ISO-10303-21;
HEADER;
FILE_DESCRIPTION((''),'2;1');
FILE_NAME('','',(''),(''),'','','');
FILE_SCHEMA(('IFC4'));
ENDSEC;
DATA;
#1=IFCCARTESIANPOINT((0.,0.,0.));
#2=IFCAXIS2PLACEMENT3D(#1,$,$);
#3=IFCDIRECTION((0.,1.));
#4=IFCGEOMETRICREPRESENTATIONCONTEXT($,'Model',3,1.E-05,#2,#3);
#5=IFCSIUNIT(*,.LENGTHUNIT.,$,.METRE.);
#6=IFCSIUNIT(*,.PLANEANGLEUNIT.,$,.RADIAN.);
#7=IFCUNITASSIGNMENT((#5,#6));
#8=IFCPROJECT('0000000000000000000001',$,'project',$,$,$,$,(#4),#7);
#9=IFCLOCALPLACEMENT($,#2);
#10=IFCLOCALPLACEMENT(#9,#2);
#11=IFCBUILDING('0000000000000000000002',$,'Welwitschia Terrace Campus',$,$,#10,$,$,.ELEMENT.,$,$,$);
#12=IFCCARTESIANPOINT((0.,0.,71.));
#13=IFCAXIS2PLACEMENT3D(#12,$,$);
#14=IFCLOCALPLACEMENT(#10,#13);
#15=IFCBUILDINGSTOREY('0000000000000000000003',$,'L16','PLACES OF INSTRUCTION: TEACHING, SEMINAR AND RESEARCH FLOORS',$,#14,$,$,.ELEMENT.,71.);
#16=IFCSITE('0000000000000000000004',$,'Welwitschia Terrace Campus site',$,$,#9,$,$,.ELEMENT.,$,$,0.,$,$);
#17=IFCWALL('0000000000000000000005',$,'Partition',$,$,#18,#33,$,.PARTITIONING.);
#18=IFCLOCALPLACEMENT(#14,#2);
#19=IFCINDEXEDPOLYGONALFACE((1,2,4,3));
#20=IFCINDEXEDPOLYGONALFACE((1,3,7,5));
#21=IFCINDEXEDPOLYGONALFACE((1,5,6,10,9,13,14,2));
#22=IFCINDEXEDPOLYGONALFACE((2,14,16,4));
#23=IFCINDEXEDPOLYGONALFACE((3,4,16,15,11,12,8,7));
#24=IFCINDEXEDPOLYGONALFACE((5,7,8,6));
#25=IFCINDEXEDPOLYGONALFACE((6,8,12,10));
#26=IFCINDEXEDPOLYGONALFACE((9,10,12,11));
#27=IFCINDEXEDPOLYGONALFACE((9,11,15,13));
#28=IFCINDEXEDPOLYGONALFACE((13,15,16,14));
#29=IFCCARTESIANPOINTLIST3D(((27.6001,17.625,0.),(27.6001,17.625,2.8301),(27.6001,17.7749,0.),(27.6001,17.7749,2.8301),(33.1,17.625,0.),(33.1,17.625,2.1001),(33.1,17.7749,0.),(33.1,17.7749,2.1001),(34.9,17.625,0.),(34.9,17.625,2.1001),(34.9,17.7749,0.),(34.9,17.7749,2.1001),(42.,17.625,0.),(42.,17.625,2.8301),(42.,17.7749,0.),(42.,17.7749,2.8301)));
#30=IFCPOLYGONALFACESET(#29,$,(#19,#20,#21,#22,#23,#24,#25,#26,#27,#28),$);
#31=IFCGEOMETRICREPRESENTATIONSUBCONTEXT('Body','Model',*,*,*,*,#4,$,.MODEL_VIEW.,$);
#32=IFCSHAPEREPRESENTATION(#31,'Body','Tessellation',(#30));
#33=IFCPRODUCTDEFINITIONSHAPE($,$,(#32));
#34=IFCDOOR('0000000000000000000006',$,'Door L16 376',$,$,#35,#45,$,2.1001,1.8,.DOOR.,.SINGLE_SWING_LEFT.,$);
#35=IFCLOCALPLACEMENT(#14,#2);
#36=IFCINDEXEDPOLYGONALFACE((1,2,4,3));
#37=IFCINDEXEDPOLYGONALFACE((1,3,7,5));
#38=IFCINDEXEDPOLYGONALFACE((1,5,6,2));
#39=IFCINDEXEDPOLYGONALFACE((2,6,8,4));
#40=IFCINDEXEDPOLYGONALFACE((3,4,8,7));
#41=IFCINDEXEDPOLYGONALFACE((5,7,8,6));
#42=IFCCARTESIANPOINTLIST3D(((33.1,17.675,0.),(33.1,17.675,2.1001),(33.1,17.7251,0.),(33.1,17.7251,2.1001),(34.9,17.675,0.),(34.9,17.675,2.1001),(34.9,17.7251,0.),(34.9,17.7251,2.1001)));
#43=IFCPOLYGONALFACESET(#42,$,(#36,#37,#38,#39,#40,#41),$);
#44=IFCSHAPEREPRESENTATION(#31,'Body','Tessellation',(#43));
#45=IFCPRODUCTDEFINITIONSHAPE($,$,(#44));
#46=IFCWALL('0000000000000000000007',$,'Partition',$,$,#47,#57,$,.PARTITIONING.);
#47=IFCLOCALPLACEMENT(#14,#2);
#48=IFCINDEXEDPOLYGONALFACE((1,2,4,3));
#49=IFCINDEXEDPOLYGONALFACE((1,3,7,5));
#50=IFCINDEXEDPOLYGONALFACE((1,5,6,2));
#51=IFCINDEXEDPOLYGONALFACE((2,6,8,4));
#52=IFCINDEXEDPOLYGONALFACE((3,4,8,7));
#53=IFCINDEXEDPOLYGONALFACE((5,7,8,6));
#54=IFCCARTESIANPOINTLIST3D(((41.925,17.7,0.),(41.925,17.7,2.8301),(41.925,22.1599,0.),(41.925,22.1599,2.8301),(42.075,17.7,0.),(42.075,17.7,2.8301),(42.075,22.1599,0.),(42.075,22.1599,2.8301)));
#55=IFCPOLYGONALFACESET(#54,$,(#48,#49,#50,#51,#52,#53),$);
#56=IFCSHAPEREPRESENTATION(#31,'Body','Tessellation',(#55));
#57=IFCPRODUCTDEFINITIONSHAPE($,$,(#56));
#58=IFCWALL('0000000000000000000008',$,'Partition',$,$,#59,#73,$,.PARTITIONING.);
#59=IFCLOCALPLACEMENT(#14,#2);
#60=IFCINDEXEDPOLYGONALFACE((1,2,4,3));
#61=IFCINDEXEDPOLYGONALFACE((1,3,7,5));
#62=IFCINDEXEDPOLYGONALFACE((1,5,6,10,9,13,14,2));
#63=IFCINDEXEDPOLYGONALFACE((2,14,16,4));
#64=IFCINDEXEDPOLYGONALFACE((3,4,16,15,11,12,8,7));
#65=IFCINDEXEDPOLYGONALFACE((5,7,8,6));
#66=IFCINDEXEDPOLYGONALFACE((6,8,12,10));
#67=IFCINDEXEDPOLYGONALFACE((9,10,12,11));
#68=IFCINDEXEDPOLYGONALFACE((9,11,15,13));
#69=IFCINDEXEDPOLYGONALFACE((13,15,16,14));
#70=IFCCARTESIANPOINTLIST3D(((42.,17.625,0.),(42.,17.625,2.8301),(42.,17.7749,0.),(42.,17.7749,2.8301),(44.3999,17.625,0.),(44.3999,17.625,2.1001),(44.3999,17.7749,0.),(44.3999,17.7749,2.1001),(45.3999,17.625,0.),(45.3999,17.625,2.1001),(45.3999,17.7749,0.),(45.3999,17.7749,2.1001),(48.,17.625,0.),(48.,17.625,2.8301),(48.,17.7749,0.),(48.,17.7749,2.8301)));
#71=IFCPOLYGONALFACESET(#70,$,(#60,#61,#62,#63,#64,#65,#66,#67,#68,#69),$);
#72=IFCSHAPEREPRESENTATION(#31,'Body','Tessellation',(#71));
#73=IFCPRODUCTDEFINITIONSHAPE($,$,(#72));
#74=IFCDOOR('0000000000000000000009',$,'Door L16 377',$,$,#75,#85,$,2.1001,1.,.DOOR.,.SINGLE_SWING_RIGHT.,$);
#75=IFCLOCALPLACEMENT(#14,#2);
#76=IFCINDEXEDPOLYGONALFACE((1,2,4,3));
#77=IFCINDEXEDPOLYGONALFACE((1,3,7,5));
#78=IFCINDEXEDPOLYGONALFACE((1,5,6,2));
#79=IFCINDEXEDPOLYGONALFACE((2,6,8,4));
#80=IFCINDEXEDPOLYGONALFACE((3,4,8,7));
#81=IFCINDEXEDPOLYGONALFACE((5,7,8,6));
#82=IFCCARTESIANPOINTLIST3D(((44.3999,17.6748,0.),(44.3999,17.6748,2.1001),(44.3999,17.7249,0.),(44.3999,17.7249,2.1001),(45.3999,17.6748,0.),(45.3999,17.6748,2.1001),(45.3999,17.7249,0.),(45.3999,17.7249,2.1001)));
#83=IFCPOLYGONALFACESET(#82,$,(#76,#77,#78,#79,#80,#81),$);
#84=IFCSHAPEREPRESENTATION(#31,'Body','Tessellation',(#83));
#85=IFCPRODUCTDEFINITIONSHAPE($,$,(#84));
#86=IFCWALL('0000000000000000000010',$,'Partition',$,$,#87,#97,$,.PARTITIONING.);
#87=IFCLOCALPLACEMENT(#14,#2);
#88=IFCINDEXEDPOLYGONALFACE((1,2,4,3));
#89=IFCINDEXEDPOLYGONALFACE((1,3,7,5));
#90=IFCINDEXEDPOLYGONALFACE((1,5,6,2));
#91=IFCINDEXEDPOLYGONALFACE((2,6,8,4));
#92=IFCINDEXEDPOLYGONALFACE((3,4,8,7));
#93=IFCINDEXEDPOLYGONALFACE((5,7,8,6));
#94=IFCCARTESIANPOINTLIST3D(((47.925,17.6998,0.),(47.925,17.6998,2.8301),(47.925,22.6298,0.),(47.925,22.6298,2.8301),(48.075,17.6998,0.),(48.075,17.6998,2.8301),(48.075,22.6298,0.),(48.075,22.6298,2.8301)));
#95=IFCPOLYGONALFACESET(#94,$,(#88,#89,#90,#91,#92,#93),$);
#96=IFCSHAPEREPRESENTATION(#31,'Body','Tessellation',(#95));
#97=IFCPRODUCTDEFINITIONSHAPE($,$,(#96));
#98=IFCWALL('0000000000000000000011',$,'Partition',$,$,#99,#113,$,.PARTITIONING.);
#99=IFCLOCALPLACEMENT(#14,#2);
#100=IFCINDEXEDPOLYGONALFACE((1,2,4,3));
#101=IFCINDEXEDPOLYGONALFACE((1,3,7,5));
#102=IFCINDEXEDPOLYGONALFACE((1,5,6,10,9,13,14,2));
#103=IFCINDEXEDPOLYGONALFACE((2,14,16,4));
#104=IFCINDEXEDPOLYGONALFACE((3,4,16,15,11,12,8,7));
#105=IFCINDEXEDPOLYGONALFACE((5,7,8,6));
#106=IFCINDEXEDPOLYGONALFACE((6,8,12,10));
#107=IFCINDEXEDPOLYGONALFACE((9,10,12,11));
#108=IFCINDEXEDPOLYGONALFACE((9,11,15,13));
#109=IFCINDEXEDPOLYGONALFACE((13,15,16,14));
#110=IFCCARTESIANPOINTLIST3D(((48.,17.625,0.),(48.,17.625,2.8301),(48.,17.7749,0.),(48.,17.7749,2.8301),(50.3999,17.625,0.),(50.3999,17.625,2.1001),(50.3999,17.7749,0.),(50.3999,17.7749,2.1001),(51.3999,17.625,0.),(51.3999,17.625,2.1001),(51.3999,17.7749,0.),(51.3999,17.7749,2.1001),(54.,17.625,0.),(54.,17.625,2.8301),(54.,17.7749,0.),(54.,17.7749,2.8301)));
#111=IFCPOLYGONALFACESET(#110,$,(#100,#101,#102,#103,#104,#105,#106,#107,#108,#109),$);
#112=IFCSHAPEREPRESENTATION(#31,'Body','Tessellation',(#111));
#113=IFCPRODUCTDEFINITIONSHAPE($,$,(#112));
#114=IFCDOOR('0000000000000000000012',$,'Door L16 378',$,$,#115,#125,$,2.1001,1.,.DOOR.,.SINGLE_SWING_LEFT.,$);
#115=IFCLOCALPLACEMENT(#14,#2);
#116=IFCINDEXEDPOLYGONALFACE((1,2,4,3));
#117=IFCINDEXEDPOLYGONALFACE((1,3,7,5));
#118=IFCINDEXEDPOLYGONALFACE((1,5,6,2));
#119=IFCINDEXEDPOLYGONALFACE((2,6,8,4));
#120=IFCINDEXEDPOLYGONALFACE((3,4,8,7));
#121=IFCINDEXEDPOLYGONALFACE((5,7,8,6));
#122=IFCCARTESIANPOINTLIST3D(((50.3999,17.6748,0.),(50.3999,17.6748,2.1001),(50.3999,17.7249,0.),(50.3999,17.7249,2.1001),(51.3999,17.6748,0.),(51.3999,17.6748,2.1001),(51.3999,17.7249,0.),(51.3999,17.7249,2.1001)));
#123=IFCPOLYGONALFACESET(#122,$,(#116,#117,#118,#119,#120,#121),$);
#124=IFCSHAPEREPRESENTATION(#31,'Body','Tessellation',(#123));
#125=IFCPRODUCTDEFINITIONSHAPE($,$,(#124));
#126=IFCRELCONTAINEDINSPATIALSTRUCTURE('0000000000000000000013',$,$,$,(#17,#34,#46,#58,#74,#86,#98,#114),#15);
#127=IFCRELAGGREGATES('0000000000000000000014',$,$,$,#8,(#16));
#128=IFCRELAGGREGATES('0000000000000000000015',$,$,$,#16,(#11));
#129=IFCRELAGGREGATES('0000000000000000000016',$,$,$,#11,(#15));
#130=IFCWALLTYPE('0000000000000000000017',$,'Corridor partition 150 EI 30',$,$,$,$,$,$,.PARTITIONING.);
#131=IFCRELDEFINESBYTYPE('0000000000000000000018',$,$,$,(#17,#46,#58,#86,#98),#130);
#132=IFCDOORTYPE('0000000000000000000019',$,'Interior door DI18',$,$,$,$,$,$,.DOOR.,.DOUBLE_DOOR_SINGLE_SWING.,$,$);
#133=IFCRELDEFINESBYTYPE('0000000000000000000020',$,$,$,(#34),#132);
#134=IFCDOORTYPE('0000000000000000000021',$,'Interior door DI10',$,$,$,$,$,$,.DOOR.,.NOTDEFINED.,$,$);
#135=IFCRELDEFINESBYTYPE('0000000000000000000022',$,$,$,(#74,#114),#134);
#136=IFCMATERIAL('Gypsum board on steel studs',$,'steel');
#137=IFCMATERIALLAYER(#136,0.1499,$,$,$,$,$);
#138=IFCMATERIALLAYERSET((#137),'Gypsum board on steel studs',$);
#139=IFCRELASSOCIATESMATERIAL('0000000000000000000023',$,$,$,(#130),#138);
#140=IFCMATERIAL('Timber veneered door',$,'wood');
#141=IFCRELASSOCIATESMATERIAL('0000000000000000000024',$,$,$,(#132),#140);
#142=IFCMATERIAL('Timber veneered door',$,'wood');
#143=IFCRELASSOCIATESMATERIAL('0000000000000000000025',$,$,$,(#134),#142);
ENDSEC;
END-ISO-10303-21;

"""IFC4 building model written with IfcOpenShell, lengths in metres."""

from ifc_helpers import new_model, si_unit, direction, frame, frame_2d, origin, place, context, subcontext, project, spatial, rectangle, extrude, material, layer, layer_set, type_object, element, fill, save


model = new_model("IFC4")

# Units and contexts
model_context = context("Model", 3, precision=1e-05, world=origin(), true_north=direction((0.0, 1.0)))
body_context = subcontext(model_context, "Body", "Model", "MODEL_VIEW")
ifc_project = project(units=[si_unit("LENGTHUNIT", "METRE"), si_unit("PLANEANGLEUNIT", "RADIAN")], contexts=[model_context])

# Site, building, storey
site_placement = place(None, origin())
site = spatial("IfcSite", under=ifc_project, at=site_placement, Name="Welwitschia Terrace Campus site", CompositionType="ELEMENT", RefElevation=0.0)
building_placement = place(site_placement, origin())
building = spatial("IfcBuilding", under=site, at=building_placement, Name="Welwitschia Terrace Campus", CompositionType="ELEMENT")
storey_placement = place(building_placement, frame((0.0, 0.0, 71.0)))
storey = spatial("IfcBuildingStorey", under=building, at=storey_placement, Name="L16", Description="PLACES OF INSTRUCTION: TEACHING, SEMINAR AND RESEARCH FLOORS", CompositionType="ELEMENT", Elevation=71.0)

# Shared definitions
ifc_material_1 = material(Name="Gypsum board on steel studs", Category="steel")
ifc_layer_1 = layer(ifc_material_1, 0.1499)
ifc_layer_set_1 = layer_set([ifc_layer_1], Name="Gypsum board on steel studs")
wall_type = type_object("IfcWallType", Name="Corridor partition 150 EI 30", PredefinedType="PARTITIONING", material=ifc_layer_set_1)

# Wall, opening, door
wall_1_placement = place(storey_placement, frame((42.0, 17.7, 0.0), z_axis=(0.0, 0.0, 1.0), x_axis=(-1.0, 0.0, 0.0)))
wall_1 = element("IfcWall", 1, at=wall_1_placement, inside=storey, type_object=wall_type, Name="Partition", PredefinedType="PARTITIONING", context=body_context, shape_type="SweptSolid", body=[
    extrude(rectangle(XDim=14.3999, YDim=0.1499, at=frame_2d((7.2, 0.0))), origin(), (0.0, 0.0, 1.0), 2.8301),
])
opening_1_placement = place(wall_1_placement, frame((7.1001, 0.0, 0.0)))
opening_1 = element("IfcOpeningElement", 2, at=opening_1_placement, cuts=wall_1, PredefinedType="OPENING", context=body_context, shape_type="SweptSolid", body=[
    extrude(rectangle(XDim=1.8, YDim=2.1001, at=frame_2d((0.8999, 1.05))), frame((0.0, 0.085, 0.0), z_axis=(0.0, -1.0, 0.0), x_axis=(1.0, 0.0, 0.0)), (0.0, 0.0, 1.0), 0.1699),
])
ifc_material_2 = material(Name="Timber veneered door", Category="wood")
door_type_1 = type_object("IfcDoorType", Name="Interior door DI18", OperationType="DOUBLE_DOOR_SINGLE_SWING", PredefinedType="DOOR", material=ifc_material_2)
door_1_placement = place(opening_1_placement, origin())
door_1 = element("IfcDoor", 3, at=door_1_placement, inside=storey, type_object=door_type_1, Name="Door L16 376", OperationType="SINGLE_SWING_LEFT", OverallHeight=2.1001, OverallWidth=1.8, PredefinedType="DOOR", context=body_context, shape_type="SweptSolid", body=[
    extrude(rectangle(XDim=1.8, YDim=2.1001, at=frame_2d((0.8999, 1.05))), frame((0.0, 0.0249, 0.0), z_axis=(0.0, -1.0, 0.0), x_axis=(1.0, 0.0, 0.0)), (0.0, 0.0, 1.0), 0.05),
])
fill(opening_1, door_1)

# Wall
wall_2_placement = place(storey_placement, frame((42.0, 17.7, 0.0), z_axis=(0.0, 0.0, 1.0), x_axis=(0.0, 1.0, 0.0)))
element("IfcWall", 4, at=wall_2_placement, inside=storey, type_object=wall_type, Name="Partition", PredefinedType="PARTITIONING", context=body_context, shape_type="SweptSolid", body=[
    extrude(rectangle(XDim=4.46, YDim=0.1499, at=frame_2d((2.23, 0.0))), origin(), (0.0, 0.0, 1.0), 2.8301),
])

# Wall, opening, door
wall_3_placement = place(storey_placement, frame((42.0, 17.7, 0.0), z_axis=(0.0, 0.0, 1.0), x_axis=(1.0, 0.0, 0.0)))
wall_3 = element("IfcWall", 5, at=wall_3_placement, inside=storey, type_object=wall_type, Name="Partition", PredefinedType="PARTITIONING", context=body_context, shape_type="SweptSolid", body=[
    extrude(rectangle(XDim=6.0, YDim=0.1499, at=frame_2d((3.0, 0.0))), origin(), (0.0, 0.0, 1.0), 2.8301),
])
opening_2_placement = place(wall_3_placement, frame((2.3999, 0.0, 0.0)))
opening_2 = element("IfcOpeningElement", 6, at=opening_2_placement, cuts=wall_3, PredefinedType="OPENING", context=body_context, shape_type="SweptSolid", body=[
    extrude(rectangle(XDim=1.0, YDim=2.1001, at=frame_2d((0.5, 1.05))), frame((0.0, 0.085, 0.0), z_axis=(0.0, -1.0, 0.0), x_axis=(1.0, 0.0, 0.0)), (0.0, 0.0, 1.0), 0.1699),
])
ifc_material_3 = material(Name="Timber veneered door", Category="wood")
door_type_2 = type_object("IfcDoorType", Name="Interior door DI10", OperationType="NOTDEFINED", PredefinedType="DOOR", material=ifc_material_3)
door_2_placement = place(opening_2_placement, origin())
door_2 = element("IfcDoor", 7, at=door_2_placement, inside=storey, type_object=door_type_2, Name="Door L16 377", OperationType="SINGLE_SWING_RIGHT", OverallHeight=2.1001, OverallWidth=1.0, PredefinedType="DOOR", context=body_context, shape_type="SweptSolid", body=[
    extrude(rectangle(XDim=1.0, YDim=2.1001, at=frame_2d((0.5, 1.05))), frame((0.0, 0.0249, 0.0), z_axis=(0.0, -1.0, 0.0), x_axis=(1.0, 0.0, 0.0)), (0.0, 0.0, 1.0), 0.05),
])
fill(opening_2, door_2)

# Wall
wall_4_placement = place(storey_placement, frame((48.0, 17.7, 0.0), z_axis=(0.0, 0.0, 1.0), x_axis=(0.0, 1.0, 0.0)))
element("IfcWall", 8, at=wall_4_placement, inside=storey, type_object=wall_type, Name="Partition", PredefinedType="PARTITIONING", context=body_context, shape_type="SweptSolid", body=[
    extrude(rectangle(XDim=4.9299, YDim=0.1499, at=frame_2d((2.4648, 0.0))), origin(), (0.0, 0.0, 1.0), 2.8301),
])

# Wall, opening, door
wall_5_placement = place(storey_placement, frame((48.0, 17.7, 0.0), z_axis=(0.0, 0.0, 1.0), x_axis=(1.0, 0.0, 0.0)))
wall_5 = element("IfcWall", 9, at=wall_5_placement, inside=storey, type_object=wall_type, Name="Partition", PredefinedType="PARTITIONING", context=body_context, shape_type="SweptSolid", body=[
    extrude(rectangle(XDim=6.0, YDim=0.1499, at=frame_2d((3.0, 0.0))), origin(), (0.0, 0.0, 1.0), 2.8301),
])
opening_3_placement = place(wall_5_placement, frame((2.3999, 0.0, 0.0)))
opening_3 = element("IfcOpeningElement", 10, at=opening_3_placement, cuts=wall_5, PredefinedType="OPENING", context=body_context, shape_type="SweptSolid", body=[
    extrude(rectangle(XDim=1.0, YDim=2.1001, at=frame_2d((0.5, 1.05))), frame((0.0, 0.085, 0.0), z_axis=(0.0, -1.0, 0.0), x_axis=(1.0, 0.0, 0.0)), (0.0, 0.0, 1.0), 0.1699),
])
door_3_placement = place(opening_3_placement, origin())
door_3 = element("IfcDoor", 11, at=door_3_placement, inside=storey, type_object=door_type_2, Name="Door L16 378", OperationType="SINGLE_SWING_LEFT", OverallHeight=2.1001, OverallWidth=1.0, PredefinedType="DOOR", context=body_context, shape_type="SweptSolid", body=[
    extrude(rectangle(XDim=1.0, YDim=2.1001, at=frame_2d((0.5, 1.05))), frame((0.0, 0.0249, 0.0), z_axis=(0.0, -1.0, 0.0), x_axis=(1.0, 0.0, 0.0)), (0.0, 0.0, 1.0), 0.05),
])
fill(opening_3, door_3)

save(model, "model.ifc")
